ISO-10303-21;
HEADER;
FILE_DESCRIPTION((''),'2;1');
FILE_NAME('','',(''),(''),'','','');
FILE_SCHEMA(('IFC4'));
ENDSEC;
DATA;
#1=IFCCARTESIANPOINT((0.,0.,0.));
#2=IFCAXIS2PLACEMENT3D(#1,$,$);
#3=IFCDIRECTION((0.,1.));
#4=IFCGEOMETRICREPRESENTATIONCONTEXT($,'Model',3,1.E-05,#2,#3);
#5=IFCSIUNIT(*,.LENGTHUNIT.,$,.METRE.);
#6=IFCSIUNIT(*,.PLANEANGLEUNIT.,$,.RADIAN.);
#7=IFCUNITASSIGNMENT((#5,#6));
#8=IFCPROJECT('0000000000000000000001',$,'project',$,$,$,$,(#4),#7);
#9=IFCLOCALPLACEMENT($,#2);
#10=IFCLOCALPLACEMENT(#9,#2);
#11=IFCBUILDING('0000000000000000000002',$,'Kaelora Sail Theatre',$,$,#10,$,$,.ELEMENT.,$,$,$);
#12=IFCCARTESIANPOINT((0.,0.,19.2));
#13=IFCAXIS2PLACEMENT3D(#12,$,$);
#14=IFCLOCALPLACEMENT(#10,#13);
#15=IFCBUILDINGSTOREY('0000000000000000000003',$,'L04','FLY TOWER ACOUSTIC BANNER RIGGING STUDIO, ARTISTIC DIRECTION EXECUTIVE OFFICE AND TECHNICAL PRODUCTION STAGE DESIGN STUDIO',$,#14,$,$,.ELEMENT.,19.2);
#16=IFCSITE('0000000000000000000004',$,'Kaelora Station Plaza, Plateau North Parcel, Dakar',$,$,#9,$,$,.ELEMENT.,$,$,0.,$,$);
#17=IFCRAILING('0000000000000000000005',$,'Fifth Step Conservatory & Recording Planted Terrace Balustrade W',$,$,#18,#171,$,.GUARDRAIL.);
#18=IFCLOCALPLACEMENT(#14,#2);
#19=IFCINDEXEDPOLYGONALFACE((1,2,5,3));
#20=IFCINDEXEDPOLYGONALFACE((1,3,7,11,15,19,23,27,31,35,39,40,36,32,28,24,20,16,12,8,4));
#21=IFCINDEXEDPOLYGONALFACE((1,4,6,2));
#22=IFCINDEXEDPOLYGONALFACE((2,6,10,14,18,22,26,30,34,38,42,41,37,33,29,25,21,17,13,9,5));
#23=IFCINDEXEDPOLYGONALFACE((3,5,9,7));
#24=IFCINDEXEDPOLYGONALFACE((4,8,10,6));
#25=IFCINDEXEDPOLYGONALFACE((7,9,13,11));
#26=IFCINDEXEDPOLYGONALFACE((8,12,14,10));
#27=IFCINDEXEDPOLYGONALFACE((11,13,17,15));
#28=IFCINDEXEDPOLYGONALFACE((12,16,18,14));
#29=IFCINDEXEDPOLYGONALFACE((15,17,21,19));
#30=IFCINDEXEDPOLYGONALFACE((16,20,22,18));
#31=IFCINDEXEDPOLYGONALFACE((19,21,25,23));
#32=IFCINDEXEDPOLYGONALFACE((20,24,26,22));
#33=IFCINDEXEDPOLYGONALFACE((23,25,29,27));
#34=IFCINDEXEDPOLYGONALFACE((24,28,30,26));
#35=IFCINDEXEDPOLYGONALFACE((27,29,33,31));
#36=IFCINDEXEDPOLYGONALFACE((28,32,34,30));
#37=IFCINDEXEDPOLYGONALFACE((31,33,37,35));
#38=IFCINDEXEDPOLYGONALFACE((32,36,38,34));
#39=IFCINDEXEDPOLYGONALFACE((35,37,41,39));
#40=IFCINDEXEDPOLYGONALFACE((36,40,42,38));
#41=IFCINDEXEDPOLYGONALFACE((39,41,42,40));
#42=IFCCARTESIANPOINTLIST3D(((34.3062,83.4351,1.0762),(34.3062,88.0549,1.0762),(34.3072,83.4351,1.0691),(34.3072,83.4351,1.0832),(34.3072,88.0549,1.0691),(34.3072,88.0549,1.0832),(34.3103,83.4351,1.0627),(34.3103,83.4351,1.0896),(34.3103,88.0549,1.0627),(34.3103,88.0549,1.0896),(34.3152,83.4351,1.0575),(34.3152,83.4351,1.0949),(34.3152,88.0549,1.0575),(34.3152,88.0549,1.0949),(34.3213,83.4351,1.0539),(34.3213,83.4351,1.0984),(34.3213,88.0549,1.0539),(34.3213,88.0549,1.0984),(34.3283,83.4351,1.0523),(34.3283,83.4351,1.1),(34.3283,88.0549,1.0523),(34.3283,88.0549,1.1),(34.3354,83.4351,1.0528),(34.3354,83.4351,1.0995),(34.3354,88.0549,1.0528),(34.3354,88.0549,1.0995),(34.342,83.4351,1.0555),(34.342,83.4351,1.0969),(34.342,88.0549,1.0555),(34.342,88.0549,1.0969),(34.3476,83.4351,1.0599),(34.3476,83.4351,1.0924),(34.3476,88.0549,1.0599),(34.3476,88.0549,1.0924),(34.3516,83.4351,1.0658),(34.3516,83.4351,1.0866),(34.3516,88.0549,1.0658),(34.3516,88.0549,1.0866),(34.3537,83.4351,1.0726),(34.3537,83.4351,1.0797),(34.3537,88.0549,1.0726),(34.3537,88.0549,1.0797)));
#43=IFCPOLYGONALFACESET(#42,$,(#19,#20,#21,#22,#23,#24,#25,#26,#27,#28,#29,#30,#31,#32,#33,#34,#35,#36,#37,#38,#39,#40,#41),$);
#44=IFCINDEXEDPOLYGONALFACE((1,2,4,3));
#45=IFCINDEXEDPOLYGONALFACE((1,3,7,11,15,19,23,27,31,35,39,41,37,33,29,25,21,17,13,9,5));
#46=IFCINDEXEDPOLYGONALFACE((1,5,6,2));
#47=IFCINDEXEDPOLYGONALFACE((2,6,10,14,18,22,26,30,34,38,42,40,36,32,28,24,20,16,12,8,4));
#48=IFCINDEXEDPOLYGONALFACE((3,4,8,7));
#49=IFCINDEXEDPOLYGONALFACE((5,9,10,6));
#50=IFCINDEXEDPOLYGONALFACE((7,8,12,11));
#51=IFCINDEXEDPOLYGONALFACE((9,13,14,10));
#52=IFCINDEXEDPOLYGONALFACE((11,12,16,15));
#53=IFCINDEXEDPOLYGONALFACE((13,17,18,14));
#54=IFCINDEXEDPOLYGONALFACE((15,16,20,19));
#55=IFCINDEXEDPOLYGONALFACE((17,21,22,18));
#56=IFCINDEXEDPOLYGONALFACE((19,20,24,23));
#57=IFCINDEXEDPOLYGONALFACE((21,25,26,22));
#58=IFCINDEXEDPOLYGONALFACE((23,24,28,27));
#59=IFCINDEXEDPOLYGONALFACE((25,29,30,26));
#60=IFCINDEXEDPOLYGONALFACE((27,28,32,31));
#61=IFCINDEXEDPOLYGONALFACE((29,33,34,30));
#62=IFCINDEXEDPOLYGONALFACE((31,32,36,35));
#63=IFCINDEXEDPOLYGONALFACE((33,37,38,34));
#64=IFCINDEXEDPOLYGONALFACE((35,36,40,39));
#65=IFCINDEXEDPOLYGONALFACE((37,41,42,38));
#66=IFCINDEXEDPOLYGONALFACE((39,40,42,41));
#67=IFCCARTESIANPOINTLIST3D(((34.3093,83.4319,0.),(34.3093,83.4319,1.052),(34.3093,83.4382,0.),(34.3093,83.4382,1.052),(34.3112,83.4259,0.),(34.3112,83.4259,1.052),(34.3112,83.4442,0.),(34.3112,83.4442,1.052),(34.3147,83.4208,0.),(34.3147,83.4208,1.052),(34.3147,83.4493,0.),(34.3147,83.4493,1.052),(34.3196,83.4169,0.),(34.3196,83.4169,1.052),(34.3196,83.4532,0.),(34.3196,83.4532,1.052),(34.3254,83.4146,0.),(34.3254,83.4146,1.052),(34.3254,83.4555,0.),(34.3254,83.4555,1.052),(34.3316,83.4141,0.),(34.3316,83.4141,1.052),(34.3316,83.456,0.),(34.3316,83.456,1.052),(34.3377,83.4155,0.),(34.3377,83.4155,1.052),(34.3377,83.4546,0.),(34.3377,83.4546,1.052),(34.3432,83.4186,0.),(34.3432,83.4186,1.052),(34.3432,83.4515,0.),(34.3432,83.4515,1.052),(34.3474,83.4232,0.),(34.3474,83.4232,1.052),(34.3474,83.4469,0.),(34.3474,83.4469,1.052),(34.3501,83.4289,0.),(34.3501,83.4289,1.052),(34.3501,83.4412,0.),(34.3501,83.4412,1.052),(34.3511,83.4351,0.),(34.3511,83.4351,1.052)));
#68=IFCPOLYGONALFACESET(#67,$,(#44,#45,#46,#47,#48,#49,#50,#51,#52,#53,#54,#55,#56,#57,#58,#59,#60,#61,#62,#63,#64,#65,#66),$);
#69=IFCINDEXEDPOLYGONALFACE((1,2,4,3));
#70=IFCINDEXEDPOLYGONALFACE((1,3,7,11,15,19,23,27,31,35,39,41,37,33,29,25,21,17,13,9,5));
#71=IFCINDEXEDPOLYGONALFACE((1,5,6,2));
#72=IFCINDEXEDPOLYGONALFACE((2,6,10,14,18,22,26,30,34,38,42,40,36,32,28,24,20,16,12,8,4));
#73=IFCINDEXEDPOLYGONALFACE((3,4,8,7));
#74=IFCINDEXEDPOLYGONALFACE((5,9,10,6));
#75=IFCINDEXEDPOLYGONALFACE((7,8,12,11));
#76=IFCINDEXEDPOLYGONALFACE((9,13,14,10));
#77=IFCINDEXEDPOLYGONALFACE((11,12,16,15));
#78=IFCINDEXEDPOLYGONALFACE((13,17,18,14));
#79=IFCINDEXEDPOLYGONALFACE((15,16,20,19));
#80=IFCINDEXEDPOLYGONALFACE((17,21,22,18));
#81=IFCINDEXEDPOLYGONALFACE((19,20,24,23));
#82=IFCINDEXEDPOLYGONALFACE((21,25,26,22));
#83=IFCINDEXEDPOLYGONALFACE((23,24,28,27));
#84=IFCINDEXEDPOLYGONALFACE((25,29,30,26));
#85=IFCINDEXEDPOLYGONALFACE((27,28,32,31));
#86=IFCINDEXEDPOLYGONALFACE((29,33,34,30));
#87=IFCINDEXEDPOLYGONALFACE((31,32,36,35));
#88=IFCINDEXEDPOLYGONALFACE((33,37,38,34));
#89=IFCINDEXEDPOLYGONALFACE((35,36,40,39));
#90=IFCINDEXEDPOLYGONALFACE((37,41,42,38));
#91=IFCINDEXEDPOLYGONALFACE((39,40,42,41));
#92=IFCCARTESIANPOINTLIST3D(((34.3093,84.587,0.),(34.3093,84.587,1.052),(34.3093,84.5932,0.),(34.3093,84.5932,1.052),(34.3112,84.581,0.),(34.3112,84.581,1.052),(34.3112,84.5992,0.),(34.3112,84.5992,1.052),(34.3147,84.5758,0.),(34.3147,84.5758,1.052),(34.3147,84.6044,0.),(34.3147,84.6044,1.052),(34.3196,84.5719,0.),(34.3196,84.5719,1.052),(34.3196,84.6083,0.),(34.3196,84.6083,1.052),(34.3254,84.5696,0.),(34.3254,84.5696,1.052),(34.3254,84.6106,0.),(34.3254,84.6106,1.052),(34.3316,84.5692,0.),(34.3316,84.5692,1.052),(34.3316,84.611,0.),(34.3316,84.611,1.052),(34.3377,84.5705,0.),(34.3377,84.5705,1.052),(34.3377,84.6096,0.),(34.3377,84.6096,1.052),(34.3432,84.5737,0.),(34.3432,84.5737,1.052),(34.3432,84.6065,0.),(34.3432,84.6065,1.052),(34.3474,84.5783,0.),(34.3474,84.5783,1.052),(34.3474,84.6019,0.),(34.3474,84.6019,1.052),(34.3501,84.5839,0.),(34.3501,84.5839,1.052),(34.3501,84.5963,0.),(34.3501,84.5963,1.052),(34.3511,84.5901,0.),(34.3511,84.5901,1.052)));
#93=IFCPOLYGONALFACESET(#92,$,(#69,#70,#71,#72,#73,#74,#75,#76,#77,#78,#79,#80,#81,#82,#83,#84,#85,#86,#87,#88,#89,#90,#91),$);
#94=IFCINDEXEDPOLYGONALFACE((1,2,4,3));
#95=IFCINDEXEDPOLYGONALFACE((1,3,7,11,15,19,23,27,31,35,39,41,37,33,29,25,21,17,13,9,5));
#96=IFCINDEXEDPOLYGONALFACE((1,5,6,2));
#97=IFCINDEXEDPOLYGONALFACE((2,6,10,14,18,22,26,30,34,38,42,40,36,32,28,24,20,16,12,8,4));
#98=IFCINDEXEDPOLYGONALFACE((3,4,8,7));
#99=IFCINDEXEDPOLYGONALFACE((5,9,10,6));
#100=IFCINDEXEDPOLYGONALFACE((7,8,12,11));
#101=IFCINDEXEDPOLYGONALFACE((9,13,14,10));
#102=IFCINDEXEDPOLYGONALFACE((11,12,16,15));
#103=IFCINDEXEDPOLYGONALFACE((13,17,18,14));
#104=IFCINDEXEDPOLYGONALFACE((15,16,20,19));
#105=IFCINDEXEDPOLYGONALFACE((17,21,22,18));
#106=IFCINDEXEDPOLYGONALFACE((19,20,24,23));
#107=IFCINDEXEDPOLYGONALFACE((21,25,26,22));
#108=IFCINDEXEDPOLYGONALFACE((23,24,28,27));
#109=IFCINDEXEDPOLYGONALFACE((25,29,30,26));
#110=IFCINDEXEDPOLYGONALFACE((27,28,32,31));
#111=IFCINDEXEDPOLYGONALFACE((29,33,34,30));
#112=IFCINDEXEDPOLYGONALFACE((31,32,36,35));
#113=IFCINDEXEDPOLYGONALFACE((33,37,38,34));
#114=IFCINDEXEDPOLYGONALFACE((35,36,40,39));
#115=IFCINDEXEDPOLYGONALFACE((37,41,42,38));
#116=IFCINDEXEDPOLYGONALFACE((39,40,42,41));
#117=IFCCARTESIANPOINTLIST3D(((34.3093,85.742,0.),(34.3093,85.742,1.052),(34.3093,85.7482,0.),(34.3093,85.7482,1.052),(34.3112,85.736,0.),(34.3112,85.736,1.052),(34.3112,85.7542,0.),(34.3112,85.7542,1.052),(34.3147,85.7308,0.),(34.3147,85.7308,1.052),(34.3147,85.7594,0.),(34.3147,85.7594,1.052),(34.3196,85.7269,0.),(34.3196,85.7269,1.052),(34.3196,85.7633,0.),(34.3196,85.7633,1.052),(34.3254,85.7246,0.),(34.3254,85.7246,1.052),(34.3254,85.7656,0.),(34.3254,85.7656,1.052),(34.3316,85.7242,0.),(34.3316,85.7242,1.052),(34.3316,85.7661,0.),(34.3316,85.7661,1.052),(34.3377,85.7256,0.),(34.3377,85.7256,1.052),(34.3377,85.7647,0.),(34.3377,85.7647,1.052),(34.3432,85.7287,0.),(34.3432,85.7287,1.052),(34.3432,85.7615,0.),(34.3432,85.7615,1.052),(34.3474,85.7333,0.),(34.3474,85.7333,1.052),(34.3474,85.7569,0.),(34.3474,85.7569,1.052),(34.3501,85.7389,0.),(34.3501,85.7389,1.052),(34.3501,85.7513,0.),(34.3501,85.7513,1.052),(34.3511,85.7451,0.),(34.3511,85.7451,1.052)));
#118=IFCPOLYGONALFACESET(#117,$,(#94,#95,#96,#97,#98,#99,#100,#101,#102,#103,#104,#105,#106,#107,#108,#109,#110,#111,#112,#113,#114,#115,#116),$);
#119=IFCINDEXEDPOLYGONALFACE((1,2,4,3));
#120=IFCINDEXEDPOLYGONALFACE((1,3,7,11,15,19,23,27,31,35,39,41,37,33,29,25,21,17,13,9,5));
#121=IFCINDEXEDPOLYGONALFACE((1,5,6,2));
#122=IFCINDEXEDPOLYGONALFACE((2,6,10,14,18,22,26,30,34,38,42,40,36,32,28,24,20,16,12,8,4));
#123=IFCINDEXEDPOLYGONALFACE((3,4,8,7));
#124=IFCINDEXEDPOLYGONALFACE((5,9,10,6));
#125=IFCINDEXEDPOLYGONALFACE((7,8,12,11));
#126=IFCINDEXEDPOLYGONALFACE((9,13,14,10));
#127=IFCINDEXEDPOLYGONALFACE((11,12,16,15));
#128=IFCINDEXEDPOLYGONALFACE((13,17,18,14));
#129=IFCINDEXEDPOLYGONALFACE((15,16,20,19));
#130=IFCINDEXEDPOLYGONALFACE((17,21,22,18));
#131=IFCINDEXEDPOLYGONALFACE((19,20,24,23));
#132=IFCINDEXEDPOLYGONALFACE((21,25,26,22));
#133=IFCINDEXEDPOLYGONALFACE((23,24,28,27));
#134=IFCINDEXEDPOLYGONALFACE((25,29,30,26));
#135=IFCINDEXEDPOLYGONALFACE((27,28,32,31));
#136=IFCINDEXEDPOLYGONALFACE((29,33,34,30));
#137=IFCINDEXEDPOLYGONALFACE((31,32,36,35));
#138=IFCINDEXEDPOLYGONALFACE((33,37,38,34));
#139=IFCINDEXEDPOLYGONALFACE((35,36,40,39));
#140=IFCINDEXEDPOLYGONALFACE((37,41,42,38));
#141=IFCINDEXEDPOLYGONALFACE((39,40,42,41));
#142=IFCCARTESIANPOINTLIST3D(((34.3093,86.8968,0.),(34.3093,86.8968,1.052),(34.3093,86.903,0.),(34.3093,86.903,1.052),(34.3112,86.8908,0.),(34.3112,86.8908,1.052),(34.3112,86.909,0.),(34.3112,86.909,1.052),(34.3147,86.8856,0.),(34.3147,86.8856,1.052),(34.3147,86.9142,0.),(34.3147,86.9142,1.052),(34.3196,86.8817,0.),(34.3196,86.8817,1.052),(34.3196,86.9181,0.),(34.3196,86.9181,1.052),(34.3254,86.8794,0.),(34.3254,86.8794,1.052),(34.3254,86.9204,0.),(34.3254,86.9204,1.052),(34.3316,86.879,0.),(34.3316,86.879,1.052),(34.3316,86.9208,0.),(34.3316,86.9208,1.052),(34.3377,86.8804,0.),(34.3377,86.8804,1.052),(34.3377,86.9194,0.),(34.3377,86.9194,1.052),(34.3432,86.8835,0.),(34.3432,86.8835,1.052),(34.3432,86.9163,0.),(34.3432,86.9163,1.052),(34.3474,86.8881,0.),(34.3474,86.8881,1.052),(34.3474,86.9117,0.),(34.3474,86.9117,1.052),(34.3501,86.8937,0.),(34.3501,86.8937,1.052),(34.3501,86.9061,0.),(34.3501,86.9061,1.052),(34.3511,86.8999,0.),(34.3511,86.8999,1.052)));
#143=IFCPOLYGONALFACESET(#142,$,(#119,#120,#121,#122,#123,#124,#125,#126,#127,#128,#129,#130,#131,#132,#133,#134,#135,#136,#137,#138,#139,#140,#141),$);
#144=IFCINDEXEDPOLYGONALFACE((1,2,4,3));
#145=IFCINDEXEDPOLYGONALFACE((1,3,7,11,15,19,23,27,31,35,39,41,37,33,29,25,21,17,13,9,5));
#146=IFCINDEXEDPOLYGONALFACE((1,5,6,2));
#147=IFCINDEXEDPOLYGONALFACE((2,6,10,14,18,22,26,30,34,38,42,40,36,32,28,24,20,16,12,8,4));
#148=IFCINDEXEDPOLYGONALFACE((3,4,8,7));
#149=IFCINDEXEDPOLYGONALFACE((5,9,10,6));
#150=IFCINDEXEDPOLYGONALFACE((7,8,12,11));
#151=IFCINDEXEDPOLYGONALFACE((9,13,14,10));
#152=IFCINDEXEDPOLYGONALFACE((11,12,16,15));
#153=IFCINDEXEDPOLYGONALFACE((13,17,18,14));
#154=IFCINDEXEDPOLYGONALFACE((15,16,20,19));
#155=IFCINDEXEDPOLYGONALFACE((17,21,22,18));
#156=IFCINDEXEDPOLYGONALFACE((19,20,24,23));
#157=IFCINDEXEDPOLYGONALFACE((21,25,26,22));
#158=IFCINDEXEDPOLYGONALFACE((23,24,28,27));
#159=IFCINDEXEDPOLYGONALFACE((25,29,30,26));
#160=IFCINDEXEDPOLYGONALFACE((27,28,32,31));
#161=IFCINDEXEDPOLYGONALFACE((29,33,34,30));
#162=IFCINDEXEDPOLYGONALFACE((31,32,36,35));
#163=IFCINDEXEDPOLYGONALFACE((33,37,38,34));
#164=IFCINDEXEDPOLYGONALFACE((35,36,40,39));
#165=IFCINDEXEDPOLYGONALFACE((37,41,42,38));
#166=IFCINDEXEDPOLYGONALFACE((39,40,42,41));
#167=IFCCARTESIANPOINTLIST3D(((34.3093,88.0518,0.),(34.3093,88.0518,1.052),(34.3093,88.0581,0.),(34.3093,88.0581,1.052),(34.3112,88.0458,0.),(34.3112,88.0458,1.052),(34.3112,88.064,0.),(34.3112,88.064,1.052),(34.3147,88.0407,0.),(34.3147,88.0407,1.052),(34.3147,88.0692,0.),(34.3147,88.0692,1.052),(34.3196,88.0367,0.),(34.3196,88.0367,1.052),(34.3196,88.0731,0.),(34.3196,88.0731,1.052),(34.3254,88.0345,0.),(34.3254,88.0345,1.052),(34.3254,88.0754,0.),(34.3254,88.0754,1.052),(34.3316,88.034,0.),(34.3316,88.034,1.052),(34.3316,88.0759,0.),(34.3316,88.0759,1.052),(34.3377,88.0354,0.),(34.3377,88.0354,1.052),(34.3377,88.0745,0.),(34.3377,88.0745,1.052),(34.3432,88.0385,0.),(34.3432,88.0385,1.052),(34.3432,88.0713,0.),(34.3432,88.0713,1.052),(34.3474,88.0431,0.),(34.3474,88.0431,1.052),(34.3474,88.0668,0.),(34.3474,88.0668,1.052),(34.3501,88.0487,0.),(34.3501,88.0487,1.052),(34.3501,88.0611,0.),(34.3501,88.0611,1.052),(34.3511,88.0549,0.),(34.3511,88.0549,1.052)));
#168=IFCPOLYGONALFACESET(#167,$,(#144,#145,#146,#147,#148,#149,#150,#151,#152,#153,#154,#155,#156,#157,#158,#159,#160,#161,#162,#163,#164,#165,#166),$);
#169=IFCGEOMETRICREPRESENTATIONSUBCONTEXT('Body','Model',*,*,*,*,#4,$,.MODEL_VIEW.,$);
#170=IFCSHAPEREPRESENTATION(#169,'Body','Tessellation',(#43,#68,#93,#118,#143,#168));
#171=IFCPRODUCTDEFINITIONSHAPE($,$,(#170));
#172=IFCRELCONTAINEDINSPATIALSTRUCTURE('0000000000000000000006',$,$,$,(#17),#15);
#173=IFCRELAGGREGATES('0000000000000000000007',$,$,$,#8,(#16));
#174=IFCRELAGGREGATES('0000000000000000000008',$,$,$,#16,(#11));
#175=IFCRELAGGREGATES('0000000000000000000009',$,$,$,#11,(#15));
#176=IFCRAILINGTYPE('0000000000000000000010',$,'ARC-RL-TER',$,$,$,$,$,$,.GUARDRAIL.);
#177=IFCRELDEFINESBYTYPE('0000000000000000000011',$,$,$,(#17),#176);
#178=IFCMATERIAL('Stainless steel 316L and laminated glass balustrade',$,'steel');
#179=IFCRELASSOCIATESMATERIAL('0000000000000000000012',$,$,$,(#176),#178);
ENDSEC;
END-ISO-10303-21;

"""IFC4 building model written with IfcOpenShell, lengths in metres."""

from ifc_helpers import new_model, si_unit, direction, frame, origin, origin_2d, place, context, subcontext, project, spatial, circle, extrude, material, type_object, element, save


model = new_model("IFC4")

# Units and contexts
model_context = context("Model", 3, precision=1e-05, world=origin(), true_north=direction((0.0, 1.0)))
body_context = subcontext(model_context, "Body", "Model", "MODEL_VIEW")
ifc_project = project(units=[si_unit("LENGTHUNIT", "METRE"), si_unit("PLANEANGLEUNIT", "RADIAN")], contexts=[model_context])

# Site, building, storey
site_placement = place(None, origin())
site = spatial("IfcSite", under=ifc_project, at=site_placement, Name="Kaelora Station Plaza, Plateau North Parcel, Dakar", CompositionType="ELEMENT", RefElevation=0.0)
building_placement = place(site_placement, origin())
building = spatial("IfcBuilding", under=site, at=building_placement, Name="Kaelora Sail Theatre", CompositionType="ELEMENT")
storey_placement = place(building_placement, frame((0.0, 0.0, 19.2)))
storey = spatial("IfcBuildingStorey", under=building, at=storey_placement, Name="L04", Description="FLY TOWER ACOUSTIC BANNER RIGGING STUDIO, ARTISTIC DIRECTION EXECUTIVE OFFICE AND TECHNICAL PRODUCTION STAGE DESIGN STUDIO", CompositionType="ELEMENT", Elevation=19.2)

# Railing
ifc_material_1 = material(Name="Stainless steel 316L and laminated glass balustrade", Category="steel")
railing_type = type_object("IfcRailingType", Name="ARC-RL-TER", PredefinedType="GUARDRAIL", material=ifc_material_1)
railing_1_placement = place(storey_placement, frame((34.3301, 83.4351, 0.0)))
element("IfcRailing", 1, at=railing_1_placement, inside=storey, type_object=railing_type, Name="Fifth Step Conservatory & Recording Planted Terrace Balustrade W", PredefinedType="GUARDRAIL", context=body_context, shape_type="SweptSolid", body=[
    extrude(circle(Radius=0.0239, at=origin_2d()), frame((0.0, 0.0, 1.0762), z_axis=(0.0, 1.0, 0.0), x_axis=(-1.0, 0.0, 0.0)), (0.0, 0.0, 1.0), 4.6199),
    extrude(circle(Radius=0.021, at=origin_2d()), origin(), (0.0, 0.0, 1.0), 1.052),
    extrude(circle(Radius=0.021, at=origin_2d()), frame((0.0, 1.155, 0.0)), (0.0, 0.0, 1.0), 1.052),
    extrude(circle(Radius=0.021, at=origin_2d()), frame((0.0, 2.3101, 0.0)), (0.0, 0.0, 1.0), 1.052),
    extrude(circle(Radius=0.021, at=origin_2d()), frame((0.0, 3.4648, 0.0)), (0.0, 0.0, 1.0), 1.052),
    extrude(circle(Radius=0.021, at=origin_2d()), frame((0.0, 4.6199, 0.0)), (0.0, 0.0, 1.0), 1.052),
])

save(model, "model.ifc")
